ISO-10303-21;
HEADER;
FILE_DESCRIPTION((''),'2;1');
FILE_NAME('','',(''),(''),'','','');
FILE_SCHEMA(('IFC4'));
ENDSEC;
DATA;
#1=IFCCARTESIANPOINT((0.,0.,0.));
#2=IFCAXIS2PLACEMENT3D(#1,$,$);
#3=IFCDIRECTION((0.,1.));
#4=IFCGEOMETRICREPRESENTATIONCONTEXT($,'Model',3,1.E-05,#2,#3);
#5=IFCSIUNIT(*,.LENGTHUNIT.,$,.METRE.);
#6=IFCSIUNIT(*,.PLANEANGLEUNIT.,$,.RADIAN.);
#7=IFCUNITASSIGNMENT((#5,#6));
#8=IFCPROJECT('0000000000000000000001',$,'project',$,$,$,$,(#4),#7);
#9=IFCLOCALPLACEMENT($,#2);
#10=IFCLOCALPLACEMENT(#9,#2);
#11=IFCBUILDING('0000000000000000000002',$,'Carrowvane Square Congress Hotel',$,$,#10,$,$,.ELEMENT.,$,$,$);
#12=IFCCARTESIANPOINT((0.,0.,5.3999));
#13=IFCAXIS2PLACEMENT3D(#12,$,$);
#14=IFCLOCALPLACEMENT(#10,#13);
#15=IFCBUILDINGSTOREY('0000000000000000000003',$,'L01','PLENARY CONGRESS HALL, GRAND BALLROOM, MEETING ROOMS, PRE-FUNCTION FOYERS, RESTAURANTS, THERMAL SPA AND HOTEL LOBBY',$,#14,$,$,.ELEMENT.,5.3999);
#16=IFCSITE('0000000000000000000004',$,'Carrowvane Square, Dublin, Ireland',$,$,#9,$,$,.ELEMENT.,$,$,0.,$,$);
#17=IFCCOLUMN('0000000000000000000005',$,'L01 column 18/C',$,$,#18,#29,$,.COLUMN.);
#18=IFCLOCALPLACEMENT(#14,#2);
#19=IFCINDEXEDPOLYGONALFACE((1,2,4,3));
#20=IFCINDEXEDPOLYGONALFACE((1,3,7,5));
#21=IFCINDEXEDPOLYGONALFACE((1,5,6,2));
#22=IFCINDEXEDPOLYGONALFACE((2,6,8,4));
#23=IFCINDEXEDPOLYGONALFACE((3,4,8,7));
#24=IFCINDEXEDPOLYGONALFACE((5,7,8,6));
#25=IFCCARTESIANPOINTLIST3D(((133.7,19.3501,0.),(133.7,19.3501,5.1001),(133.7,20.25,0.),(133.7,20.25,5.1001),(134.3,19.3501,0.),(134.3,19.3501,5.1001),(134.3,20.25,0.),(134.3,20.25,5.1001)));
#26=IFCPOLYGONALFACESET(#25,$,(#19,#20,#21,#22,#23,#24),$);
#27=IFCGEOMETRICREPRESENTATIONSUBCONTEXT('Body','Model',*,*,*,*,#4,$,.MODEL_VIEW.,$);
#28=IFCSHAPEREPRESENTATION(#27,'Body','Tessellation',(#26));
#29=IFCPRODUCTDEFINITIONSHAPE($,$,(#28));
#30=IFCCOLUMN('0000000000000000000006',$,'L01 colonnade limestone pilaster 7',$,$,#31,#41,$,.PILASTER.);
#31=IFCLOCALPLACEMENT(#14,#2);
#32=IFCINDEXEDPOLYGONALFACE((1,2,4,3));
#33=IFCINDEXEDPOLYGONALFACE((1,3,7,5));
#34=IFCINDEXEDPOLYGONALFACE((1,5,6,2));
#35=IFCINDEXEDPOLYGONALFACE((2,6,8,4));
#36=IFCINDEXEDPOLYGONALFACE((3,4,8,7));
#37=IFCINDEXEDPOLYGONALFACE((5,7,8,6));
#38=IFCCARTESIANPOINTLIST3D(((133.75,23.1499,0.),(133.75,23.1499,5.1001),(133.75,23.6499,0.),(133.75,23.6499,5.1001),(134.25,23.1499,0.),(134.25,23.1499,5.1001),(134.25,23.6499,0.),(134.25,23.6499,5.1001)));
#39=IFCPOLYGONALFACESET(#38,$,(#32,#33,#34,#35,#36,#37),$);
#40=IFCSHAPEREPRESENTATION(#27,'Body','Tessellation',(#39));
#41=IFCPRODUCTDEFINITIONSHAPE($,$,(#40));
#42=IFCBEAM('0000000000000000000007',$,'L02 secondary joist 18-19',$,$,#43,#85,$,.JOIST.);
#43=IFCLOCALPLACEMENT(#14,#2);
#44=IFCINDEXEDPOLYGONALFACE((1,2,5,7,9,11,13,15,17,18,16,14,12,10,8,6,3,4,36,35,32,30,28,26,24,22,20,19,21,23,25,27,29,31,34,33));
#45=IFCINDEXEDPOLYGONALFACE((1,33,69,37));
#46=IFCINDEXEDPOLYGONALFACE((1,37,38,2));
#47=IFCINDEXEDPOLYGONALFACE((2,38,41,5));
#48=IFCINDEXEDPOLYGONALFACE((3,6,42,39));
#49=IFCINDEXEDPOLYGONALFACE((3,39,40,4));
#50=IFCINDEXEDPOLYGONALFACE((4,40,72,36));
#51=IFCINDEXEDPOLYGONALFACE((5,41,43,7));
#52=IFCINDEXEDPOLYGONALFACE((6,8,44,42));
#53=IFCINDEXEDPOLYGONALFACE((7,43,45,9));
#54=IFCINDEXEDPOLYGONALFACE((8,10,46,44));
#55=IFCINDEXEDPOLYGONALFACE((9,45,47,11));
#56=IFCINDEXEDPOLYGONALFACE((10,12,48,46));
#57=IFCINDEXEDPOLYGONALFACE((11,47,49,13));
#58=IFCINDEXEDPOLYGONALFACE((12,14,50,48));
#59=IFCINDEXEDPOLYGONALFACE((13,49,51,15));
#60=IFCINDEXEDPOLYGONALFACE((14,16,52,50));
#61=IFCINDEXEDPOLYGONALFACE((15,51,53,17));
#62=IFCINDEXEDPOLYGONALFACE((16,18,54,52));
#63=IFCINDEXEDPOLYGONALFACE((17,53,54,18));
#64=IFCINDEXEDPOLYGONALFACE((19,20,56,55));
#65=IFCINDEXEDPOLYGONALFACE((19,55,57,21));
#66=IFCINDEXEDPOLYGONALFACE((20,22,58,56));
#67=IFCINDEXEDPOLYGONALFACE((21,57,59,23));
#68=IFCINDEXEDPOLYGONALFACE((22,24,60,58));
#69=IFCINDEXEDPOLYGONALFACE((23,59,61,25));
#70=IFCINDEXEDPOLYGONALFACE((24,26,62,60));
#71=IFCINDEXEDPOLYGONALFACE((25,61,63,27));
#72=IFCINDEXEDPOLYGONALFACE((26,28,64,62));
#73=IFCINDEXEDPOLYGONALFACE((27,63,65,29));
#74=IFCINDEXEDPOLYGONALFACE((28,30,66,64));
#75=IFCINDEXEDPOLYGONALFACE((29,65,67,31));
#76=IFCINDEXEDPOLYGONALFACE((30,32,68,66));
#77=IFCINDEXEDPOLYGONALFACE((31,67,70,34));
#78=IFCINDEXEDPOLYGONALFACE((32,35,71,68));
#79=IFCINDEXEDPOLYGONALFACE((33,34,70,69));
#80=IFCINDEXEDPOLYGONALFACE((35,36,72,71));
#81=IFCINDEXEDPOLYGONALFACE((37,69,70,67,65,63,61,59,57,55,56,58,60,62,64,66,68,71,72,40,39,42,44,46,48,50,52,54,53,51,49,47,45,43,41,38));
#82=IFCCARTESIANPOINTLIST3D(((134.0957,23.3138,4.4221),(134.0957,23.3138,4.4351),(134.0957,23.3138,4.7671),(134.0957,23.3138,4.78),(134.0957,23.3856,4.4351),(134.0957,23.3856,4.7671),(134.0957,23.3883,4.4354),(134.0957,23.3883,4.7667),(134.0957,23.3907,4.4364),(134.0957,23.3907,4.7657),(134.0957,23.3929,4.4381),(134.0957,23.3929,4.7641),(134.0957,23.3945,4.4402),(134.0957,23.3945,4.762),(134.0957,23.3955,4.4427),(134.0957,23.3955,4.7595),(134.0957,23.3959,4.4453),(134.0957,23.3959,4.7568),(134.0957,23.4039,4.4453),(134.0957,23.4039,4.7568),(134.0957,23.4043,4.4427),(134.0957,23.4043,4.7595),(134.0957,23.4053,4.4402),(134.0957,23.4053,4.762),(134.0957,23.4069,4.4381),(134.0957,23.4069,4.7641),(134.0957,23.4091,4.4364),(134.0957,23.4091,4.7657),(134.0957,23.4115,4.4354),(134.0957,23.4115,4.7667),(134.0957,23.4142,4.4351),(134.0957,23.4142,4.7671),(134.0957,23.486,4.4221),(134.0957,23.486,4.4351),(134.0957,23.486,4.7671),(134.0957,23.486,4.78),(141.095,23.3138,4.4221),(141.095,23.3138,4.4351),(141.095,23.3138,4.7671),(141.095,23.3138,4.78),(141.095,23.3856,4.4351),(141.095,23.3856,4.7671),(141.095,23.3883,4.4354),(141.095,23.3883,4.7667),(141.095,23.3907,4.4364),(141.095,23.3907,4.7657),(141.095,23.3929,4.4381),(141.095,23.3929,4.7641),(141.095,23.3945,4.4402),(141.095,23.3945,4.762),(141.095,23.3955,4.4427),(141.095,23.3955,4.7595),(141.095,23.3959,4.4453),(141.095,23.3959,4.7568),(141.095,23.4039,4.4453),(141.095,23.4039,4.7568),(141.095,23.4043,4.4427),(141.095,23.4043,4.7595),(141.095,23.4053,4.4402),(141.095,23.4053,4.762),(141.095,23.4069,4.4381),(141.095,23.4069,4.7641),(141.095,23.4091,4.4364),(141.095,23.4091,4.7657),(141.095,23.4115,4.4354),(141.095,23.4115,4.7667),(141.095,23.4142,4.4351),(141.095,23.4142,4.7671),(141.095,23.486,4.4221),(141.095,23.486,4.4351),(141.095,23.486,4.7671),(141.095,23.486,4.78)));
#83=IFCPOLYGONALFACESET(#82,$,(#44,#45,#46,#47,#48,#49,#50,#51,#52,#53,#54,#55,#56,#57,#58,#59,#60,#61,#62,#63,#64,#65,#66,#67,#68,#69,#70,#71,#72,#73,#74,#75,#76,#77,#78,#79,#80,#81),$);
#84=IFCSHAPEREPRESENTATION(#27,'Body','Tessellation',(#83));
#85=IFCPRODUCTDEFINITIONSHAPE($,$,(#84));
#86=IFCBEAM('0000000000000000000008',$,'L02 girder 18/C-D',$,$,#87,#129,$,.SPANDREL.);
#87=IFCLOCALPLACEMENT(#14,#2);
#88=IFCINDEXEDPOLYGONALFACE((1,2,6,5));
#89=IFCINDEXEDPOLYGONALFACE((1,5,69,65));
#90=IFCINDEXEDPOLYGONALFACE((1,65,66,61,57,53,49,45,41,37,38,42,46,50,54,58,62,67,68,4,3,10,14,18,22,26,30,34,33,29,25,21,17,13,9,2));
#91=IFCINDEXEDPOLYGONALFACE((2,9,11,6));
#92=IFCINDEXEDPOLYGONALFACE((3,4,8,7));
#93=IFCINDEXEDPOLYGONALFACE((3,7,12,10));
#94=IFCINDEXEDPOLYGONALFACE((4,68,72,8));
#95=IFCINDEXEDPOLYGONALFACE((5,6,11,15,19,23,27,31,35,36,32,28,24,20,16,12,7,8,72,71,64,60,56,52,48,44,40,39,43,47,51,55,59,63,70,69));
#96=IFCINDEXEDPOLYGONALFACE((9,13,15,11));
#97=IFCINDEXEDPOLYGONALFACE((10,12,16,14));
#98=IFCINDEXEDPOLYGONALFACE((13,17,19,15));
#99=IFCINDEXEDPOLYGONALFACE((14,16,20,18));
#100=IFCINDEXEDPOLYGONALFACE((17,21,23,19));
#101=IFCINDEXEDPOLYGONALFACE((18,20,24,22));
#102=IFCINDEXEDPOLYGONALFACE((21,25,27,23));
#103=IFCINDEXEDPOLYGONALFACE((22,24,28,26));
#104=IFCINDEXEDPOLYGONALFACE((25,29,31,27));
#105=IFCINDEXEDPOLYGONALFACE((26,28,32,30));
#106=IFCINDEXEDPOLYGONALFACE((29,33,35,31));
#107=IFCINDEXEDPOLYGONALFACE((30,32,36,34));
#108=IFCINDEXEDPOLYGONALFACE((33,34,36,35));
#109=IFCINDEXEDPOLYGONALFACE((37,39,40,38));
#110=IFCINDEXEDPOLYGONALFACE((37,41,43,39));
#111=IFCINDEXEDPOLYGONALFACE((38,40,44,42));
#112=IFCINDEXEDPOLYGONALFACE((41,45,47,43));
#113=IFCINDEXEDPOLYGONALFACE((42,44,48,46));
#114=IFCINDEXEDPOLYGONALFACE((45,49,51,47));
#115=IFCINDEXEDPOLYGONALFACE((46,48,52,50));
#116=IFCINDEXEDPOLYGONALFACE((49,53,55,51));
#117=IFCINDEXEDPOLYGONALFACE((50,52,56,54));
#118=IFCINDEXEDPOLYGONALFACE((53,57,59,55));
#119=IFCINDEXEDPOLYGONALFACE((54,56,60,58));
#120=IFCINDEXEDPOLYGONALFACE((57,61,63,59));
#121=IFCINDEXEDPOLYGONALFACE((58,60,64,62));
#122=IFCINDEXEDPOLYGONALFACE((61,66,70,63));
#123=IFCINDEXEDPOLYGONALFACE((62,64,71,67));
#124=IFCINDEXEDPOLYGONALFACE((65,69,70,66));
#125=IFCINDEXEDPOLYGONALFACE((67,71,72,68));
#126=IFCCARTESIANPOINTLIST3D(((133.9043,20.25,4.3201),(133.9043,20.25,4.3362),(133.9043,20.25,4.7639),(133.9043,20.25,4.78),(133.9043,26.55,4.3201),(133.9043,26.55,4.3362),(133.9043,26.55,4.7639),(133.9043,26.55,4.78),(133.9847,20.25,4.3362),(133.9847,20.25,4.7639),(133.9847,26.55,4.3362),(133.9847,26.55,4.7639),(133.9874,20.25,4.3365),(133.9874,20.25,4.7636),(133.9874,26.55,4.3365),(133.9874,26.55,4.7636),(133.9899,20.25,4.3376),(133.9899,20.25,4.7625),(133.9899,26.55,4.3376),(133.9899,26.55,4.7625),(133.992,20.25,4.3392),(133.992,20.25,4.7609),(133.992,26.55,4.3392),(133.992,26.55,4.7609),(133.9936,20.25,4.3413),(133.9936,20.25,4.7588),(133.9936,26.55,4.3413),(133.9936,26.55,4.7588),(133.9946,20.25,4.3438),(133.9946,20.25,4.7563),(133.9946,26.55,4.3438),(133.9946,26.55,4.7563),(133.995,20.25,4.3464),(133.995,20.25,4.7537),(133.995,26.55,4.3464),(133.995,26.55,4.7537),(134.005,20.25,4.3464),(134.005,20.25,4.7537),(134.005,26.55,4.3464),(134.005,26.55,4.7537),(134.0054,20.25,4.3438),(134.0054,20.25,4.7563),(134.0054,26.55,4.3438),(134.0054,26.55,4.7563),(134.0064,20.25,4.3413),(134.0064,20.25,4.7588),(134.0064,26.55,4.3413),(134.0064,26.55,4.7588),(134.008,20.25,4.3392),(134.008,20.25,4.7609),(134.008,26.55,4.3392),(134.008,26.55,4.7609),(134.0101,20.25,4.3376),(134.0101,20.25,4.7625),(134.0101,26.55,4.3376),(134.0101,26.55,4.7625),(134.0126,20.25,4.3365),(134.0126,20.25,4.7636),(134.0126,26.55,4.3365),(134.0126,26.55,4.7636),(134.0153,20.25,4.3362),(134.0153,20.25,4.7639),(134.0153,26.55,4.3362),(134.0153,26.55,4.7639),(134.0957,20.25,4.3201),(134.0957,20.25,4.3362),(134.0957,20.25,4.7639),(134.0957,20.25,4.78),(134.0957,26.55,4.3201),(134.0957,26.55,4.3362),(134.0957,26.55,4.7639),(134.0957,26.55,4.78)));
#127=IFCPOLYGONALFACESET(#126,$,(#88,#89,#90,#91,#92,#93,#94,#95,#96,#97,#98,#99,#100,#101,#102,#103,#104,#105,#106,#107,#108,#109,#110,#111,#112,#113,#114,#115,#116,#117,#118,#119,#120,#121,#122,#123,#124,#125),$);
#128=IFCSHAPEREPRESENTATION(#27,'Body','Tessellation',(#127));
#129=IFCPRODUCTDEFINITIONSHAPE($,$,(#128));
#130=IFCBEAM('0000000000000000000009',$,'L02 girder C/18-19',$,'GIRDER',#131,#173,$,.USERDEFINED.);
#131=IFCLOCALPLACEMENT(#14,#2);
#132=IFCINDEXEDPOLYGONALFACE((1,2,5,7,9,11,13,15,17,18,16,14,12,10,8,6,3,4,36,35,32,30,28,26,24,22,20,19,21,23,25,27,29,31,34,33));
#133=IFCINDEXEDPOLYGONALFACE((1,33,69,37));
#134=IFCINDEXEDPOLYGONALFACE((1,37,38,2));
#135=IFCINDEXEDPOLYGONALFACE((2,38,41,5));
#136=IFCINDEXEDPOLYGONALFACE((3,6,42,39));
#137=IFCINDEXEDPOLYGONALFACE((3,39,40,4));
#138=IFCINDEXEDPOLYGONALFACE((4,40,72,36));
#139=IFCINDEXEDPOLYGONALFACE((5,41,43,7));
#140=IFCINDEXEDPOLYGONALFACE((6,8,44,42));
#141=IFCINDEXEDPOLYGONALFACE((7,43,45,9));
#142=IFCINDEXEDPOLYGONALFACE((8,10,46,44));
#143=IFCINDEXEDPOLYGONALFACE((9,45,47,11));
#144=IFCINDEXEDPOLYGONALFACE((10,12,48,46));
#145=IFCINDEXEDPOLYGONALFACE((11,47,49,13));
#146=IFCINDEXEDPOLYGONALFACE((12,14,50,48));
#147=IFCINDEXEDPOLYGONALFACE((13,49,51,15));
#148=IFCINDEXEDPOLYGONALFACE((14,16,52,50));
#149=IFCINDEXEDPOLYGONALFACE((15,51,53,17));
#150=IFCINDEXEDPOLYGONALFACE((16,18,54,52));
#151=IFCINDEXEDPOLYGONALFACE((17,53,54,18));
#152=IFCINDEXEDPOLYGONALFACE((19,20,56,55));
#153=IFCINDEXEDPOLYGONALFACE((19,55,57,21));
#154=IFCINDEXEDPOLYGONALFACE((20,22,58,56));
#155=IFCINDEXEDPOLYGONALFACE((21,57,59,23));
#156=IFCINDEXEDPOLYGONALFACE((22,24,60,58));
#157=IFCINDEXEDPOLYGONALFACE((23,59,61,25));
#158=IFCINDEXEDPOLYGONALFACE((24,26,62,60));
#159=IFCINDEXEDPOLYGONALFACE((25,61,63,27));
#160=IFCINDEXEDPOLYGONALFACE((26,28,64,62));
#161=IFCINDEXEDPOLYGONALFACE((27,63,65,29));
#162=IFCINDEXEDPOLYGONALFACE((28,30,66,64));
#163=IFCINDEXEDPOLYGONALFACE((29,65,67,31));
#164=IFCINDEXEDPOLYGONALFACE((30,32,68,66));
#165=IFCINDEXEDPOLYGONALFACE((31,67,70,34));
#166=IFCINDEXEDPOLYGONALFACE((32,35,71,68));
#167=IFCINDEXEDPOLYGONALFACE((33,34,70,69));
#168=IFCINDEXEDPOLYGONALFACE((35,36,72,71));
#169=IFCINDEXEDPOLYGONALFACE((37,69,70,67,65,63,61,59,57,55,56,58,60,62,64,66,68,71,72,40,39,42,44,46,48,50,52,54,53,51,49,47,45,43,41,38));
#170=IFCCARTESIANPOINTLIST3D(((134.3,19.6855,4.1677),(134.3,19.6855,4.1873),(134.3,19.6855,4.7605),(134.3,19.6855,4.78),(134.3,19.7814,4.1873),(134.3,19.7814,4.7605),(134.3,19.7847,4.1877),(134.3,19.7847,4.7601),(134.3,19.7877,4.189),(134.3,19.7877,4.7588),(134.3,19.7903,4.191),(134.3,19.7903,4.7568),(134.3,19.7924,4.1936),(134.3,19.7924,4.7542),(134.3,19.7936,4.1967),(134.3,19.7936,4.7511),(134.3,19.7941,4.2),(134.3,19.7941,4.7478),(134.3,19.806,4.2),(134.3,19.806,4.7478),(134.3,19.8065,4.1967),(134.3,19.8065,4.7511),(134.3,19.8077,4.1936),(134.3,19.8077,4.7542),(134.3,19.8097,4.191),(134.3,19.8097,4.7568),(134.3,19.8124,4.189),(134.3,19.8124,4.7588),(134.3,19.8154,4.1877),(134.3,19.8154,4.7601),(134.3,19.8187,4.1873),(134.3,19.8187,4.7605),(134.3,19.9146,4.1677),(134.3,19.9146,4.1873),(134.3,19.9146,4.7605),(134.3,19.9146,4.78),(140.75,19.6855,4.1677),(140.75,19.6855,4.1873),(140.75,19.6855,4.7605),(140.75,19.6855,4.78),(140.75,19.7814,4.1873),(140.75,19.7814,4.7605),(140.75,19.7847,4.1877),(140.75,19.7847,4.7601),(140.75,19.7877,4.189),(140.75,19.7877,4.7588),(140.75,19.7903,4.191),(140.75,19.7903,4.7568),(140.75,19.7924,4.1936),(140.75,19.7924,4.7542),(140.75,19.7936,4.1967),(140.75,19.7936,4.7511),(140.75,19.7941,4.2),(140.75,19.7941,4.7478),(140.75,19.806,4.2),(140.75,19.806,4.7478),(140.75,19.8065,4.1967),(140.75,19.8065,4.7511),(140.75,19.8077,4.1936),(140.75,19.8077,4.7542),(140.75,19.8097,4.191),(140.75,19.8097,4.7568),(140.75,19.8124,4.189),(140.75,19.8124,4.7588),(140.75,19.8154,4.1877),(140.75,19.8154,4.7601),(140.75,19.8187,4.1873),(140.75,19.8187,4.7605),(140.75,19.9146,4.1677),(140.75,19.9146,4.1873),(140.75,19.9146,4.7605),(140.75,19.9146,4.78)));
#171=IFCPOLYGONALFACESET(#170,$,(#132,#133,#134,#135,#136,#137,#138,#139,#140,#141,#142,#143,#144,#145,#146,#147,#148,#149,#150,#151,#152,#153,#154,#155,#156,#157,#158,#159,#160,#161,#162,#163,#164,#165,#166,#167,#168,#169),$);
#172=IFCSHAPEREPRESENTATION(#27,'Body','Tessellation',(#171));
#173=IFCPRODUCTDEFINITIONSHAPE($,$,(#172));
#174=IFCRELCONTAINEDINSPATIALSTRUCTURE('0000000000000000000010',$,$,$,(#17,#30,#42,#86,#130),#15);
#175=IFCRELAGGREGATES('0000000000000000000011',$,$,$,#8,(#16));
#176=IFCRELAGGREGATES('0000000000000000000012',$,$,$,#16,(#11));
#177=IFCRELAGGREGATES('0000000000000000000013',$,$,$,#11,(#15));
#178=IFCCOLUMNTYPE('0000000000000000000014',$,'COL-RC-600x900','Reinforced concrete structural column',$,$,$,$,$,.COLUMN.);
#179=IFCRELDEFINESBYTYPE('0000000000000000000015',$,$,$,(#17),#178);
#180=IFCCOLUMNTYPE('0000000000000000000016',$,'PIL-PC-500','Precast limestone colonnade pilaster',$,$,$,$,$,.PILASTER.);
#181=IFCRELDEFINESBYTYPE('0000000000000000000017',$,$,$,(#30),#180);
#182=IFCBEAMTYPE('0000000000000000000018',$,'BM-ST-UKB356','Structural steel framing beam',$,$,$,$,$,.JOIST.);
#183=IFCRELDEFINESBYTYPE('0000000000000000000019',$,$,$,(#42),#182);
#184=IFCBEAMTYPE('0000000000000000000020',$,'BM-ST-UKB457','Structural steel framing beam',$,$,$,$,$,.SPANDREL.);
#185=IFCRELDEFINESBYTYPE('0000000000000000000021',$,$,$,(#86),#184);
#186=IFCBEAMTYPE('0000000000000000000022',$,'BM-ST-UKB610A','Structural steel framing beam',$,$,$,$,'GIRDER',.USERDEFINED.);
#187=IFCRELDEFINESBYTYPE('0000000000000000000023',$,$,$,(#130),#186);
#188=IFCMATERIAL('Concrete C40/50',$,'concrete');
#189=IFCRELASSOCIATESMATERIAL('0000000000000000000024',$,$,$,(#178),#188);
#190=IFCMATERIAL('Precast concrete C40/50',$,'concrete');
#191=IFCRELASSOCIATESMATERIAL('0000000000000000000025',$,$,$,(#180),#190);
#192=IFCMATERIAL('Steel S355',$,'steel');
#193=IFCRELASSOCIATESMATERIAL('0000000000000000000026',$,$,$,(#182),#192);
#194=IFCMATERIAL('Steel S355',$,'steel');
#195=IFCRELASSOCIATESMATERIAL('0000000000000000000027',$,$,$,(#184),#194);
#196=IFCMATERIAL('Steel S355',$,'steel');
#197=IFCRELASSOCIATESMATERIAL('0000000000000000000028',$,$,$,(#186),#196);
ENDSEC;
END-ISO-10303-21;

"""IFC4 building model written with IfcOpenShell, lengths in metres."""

from ifc_helpers import new_model, si_unit, direction, frame, origin, origin_2d, place, context, subcontext, project, spatial, rectangle, i_section, extrude, material, material_profile, profile_set, type_object, element, save


model = new_model("IFC4")

# Units and contexts
model_context = context("Model", 3, precision=1e-05, world=origin(), true_north=direction((0.0, 1.0)))
body_context = subcontext(model_context, "Body", "Model", "MODEL_VIEW")
ifc_project = project(units=[si_unit("LENGTHUNIT", "METRE"), si_unit("PLANEANGLEUNIT", "RADIAN")], contexts=[model_context])

# Site, building, storey
site_placement = place(None, origin())
site = spatial("IfcSite", under=ifc_project, at=site_placement, Name="Carrowvane Square, Dublin, Ireland", CompositionType="ELEMENT", RefElevation=0.0)
building_placement = place(site_placement, origin())
building = spatial("IfcBuilding", under=site, at=building_placement, Name="Carrowvane Square Congress Hotel", CompositionType="ELEMENT")
storey_placement = place(building_placement, frame((0.0, 0.0, 5.3999)))
storey = spatial("IfcBuildingStorey", under=building, at=storey_placement, Name="L01", Description="PLENARY CONGRESS HALL, GRAND BALLROOM, MEETING ROOMS, PRE-FUNCTION FOYERS, RESTAURANTS, THERMAL SPA AND HOTEL LOBBY", CompositionType="ELEMENT", Elevation=5.3999)

# Columns
ifc_material_1 = material(Name="Concrete C40/50", Category="concrete")
ifc_material_profile_1 = material_profile(ifc_material_1, rectangle(XDim=0.6001, YDim=0.8999, at=origin_2d()), Name="RC 600x900")
ifc_profile_set_1 = profile_set([ifc_material_profile_1], Name="Concrete C40/50")
column_type_1 = type_object("IfcColumnType", Name="COL-RC-600x900", Description="Reinforced concrete structural column", PredefinedType="COLUMN", material=ifc_profile_set_1)
column_1_placement = place(storey_placement, frame((134.0, 19.8, 0.0), z_axis=(0.0, 0.0, 1.0), x_axis=(1.0, 0.0, 0.0)))
element("IfcColumn", 1, at=column_1_placement, inside=storey, type_object=column_type_1, Name="L01 column 18/C", PredefinedType="COLUMN", context=body_context, shape_type="SweptSolid", body=[
    extrude(rectangle(XDim=0.6001, YDim=0.8999, at=origin_2d()), origin(), (0.0, 0.0, 1.0), 5.1001),
])
ifc_material_2 = material(Name="Precast concrete C40/50", Category="concrete")
ifc_material_profile_2 = material_profile(ifc_material_2, rectangle(XDim=0.5, YDim=0.5, at=origin_2d()), Name="RC 500x500")
ifc_profile_set_2 = profile_set([ifc_material_profile_2], Name="Precast concrete C40/50")
column_type_2 = type_object("IfcColumnType", Name="PIL-PC-500", Description="Precast limestone colonnade pilaster", PredefinedType="PILASTER", material=ifc_profile_set_2)
column_2_placement = place(storey_placement, frame((134.0, 23.3999, 0.0), z_axis=(0.0, 0.0, 1.0), x_axis=(1.0, 0.0, 0.0)))
element("IfcColumn", 2, at=column_2_placement, inside=storey, type_object=column_type_2, Name="L01 colonnade limestone pilaster 7", PredefinedType="PILASTER", context=body_context, shape_type="SweptSolid", body=[
    extrude(rectangle(XDim=0.5, YDim=0.5, at=origin_2d()), origin(), (0.0, 0.0, 1.0), 5.1001),
])

# Beams
ifc_material_3 = material(Name="Steel S355", Category="steel")
ifc_material_profile_3 = material_profile(ifc_material_3, i_section(OverallWidth=0.1721, OverallDepth=0.3579, WebThickness=0.0081, FlangeThickness=0.0129, FilletRadius=0.0103, at=origin_2d()), Name="UKB 356x171x57")
ifc_profile_set_3 = profile_set([ifc_material_profile_3], Name="Steel S355")
beam_type_1 = type_object("IfcBeamType", Name="BM-ST-UKB356", Description="Structural steel framing beam", PredefinedType="JOIST", material=ifc_profile_set_3)
beam_1_placement = place(storey_placement, frame((134.0957, 23.3999, 4.6011), z_axis=(1.0, 0.0, 0.0), x_axis=(0.0, 1.0, 0.0)))
element("IfcBeam", 3, at=beam_1_placement, inside=storey, type_object=beam_type_1, Name="L02 secondary joist 18-19", PredefinedType="JOIST", context=body_context, shape_type="SweptSolid", body=[
    extrude(i_section(OverallWidth=0.1721, OverallDepth=0.3579, WebThickness=0.0081, FlangeThickness=0.0129, FilletRadius=0.0103, at=origin_2d()), origin(), (0.0, 0.0, 1.0), 6.9993),
])
ifc_material_4 = material(Name="Steel S355", Category="steel")
ifc_material_profile_4 = material_profile(ifc_material_4, i_section(OverallWidth=0.1914, OverallDepth=0.46, WebThickness=0.01, FlangeThickness=0.0161, FilletRadius=0.0103, at=origin_2d()), Name="UKB 457x191x82")
ifc_profile_set_4 = profile_set([ifc_material_profile_4], Name="Steel S355")
beam_type_2 = type_object("IfcBeamType", Name="BM-ST-UKB457", Description="Structural steel framing beam", PredefinedType="SPANDREL", material=ifc_profile_set_4)
beam_2_placement = place(storey_placement, frame((134.0, 20.25, 4.55), z_axis=(0.0, 1.0, 0.0), x_axis=(-1.0, 0.0, 0.0)))
element("IfcBeam", 4, at=beam_2_placement, inside=storey, type_object=beam_type_2, Name="L02 girder 18/C-D", PredefinedType="SPANDREL", context=body_context, shape_type="SweptSolid", body=[
    extrude(i_section(OverallWidth=0.1914, OverallDepth=0.46, WebThickness=0.01, FlangeThickness=0.0161, FilletRadius=0.0103, at=origin_2d()), origin(), (0.0, 0.0, 1.0), 6.3),
])
ifc_material_5 = material(Name="Steel S355", Category="steel")
ifc_material_profile_5 = material_profile(ifc_material_5, i_section(OverallWidth=0.229, OverallDepth=0.6123, WebThickness=0.012, FlangeThickness=0.0195, FilletRadius=0.0127, at=origin_2d()), Name="UKB 610x229x125")
ifc_profile_set_5 = profile_set([ifc_material_profile_5], Name="Steel S355")
beam_type_3 = type_object("IfcBeamType", Name="BM-ST-UKB610A", Description="Structural steel framing beam", ElementType="GIRDER", PredefinedType="USERDEFINED", material=ifc_profile_set_5)
beam_3_placement = place(storey_placement, frame((134.3, 19.8, 4.4739), z_axis=(1.0, 0.0, 0.0), x_axis=(0.0, 1.0, 0.0)))
element("IfcBeam", 5, at=beam_3_placement, inside=storey, type_object=beam_type_3, Name="L02 girder C/18-19", ObjectType="GIRDER", PredefinedType="USERDEFINED", context=body_context, shape_type="SweptSolid", body=[
    extrude(i_section(OverallWidth=0.229, OverallDepth=0.6123, WebThickness=0.012, FlangeThickness=0.0195, FilletRadius=0.0127, at=origin_2d()), origin(), (0.0, 0.0, 1.0), 6.45),
])

save(model, "model.ifc")
